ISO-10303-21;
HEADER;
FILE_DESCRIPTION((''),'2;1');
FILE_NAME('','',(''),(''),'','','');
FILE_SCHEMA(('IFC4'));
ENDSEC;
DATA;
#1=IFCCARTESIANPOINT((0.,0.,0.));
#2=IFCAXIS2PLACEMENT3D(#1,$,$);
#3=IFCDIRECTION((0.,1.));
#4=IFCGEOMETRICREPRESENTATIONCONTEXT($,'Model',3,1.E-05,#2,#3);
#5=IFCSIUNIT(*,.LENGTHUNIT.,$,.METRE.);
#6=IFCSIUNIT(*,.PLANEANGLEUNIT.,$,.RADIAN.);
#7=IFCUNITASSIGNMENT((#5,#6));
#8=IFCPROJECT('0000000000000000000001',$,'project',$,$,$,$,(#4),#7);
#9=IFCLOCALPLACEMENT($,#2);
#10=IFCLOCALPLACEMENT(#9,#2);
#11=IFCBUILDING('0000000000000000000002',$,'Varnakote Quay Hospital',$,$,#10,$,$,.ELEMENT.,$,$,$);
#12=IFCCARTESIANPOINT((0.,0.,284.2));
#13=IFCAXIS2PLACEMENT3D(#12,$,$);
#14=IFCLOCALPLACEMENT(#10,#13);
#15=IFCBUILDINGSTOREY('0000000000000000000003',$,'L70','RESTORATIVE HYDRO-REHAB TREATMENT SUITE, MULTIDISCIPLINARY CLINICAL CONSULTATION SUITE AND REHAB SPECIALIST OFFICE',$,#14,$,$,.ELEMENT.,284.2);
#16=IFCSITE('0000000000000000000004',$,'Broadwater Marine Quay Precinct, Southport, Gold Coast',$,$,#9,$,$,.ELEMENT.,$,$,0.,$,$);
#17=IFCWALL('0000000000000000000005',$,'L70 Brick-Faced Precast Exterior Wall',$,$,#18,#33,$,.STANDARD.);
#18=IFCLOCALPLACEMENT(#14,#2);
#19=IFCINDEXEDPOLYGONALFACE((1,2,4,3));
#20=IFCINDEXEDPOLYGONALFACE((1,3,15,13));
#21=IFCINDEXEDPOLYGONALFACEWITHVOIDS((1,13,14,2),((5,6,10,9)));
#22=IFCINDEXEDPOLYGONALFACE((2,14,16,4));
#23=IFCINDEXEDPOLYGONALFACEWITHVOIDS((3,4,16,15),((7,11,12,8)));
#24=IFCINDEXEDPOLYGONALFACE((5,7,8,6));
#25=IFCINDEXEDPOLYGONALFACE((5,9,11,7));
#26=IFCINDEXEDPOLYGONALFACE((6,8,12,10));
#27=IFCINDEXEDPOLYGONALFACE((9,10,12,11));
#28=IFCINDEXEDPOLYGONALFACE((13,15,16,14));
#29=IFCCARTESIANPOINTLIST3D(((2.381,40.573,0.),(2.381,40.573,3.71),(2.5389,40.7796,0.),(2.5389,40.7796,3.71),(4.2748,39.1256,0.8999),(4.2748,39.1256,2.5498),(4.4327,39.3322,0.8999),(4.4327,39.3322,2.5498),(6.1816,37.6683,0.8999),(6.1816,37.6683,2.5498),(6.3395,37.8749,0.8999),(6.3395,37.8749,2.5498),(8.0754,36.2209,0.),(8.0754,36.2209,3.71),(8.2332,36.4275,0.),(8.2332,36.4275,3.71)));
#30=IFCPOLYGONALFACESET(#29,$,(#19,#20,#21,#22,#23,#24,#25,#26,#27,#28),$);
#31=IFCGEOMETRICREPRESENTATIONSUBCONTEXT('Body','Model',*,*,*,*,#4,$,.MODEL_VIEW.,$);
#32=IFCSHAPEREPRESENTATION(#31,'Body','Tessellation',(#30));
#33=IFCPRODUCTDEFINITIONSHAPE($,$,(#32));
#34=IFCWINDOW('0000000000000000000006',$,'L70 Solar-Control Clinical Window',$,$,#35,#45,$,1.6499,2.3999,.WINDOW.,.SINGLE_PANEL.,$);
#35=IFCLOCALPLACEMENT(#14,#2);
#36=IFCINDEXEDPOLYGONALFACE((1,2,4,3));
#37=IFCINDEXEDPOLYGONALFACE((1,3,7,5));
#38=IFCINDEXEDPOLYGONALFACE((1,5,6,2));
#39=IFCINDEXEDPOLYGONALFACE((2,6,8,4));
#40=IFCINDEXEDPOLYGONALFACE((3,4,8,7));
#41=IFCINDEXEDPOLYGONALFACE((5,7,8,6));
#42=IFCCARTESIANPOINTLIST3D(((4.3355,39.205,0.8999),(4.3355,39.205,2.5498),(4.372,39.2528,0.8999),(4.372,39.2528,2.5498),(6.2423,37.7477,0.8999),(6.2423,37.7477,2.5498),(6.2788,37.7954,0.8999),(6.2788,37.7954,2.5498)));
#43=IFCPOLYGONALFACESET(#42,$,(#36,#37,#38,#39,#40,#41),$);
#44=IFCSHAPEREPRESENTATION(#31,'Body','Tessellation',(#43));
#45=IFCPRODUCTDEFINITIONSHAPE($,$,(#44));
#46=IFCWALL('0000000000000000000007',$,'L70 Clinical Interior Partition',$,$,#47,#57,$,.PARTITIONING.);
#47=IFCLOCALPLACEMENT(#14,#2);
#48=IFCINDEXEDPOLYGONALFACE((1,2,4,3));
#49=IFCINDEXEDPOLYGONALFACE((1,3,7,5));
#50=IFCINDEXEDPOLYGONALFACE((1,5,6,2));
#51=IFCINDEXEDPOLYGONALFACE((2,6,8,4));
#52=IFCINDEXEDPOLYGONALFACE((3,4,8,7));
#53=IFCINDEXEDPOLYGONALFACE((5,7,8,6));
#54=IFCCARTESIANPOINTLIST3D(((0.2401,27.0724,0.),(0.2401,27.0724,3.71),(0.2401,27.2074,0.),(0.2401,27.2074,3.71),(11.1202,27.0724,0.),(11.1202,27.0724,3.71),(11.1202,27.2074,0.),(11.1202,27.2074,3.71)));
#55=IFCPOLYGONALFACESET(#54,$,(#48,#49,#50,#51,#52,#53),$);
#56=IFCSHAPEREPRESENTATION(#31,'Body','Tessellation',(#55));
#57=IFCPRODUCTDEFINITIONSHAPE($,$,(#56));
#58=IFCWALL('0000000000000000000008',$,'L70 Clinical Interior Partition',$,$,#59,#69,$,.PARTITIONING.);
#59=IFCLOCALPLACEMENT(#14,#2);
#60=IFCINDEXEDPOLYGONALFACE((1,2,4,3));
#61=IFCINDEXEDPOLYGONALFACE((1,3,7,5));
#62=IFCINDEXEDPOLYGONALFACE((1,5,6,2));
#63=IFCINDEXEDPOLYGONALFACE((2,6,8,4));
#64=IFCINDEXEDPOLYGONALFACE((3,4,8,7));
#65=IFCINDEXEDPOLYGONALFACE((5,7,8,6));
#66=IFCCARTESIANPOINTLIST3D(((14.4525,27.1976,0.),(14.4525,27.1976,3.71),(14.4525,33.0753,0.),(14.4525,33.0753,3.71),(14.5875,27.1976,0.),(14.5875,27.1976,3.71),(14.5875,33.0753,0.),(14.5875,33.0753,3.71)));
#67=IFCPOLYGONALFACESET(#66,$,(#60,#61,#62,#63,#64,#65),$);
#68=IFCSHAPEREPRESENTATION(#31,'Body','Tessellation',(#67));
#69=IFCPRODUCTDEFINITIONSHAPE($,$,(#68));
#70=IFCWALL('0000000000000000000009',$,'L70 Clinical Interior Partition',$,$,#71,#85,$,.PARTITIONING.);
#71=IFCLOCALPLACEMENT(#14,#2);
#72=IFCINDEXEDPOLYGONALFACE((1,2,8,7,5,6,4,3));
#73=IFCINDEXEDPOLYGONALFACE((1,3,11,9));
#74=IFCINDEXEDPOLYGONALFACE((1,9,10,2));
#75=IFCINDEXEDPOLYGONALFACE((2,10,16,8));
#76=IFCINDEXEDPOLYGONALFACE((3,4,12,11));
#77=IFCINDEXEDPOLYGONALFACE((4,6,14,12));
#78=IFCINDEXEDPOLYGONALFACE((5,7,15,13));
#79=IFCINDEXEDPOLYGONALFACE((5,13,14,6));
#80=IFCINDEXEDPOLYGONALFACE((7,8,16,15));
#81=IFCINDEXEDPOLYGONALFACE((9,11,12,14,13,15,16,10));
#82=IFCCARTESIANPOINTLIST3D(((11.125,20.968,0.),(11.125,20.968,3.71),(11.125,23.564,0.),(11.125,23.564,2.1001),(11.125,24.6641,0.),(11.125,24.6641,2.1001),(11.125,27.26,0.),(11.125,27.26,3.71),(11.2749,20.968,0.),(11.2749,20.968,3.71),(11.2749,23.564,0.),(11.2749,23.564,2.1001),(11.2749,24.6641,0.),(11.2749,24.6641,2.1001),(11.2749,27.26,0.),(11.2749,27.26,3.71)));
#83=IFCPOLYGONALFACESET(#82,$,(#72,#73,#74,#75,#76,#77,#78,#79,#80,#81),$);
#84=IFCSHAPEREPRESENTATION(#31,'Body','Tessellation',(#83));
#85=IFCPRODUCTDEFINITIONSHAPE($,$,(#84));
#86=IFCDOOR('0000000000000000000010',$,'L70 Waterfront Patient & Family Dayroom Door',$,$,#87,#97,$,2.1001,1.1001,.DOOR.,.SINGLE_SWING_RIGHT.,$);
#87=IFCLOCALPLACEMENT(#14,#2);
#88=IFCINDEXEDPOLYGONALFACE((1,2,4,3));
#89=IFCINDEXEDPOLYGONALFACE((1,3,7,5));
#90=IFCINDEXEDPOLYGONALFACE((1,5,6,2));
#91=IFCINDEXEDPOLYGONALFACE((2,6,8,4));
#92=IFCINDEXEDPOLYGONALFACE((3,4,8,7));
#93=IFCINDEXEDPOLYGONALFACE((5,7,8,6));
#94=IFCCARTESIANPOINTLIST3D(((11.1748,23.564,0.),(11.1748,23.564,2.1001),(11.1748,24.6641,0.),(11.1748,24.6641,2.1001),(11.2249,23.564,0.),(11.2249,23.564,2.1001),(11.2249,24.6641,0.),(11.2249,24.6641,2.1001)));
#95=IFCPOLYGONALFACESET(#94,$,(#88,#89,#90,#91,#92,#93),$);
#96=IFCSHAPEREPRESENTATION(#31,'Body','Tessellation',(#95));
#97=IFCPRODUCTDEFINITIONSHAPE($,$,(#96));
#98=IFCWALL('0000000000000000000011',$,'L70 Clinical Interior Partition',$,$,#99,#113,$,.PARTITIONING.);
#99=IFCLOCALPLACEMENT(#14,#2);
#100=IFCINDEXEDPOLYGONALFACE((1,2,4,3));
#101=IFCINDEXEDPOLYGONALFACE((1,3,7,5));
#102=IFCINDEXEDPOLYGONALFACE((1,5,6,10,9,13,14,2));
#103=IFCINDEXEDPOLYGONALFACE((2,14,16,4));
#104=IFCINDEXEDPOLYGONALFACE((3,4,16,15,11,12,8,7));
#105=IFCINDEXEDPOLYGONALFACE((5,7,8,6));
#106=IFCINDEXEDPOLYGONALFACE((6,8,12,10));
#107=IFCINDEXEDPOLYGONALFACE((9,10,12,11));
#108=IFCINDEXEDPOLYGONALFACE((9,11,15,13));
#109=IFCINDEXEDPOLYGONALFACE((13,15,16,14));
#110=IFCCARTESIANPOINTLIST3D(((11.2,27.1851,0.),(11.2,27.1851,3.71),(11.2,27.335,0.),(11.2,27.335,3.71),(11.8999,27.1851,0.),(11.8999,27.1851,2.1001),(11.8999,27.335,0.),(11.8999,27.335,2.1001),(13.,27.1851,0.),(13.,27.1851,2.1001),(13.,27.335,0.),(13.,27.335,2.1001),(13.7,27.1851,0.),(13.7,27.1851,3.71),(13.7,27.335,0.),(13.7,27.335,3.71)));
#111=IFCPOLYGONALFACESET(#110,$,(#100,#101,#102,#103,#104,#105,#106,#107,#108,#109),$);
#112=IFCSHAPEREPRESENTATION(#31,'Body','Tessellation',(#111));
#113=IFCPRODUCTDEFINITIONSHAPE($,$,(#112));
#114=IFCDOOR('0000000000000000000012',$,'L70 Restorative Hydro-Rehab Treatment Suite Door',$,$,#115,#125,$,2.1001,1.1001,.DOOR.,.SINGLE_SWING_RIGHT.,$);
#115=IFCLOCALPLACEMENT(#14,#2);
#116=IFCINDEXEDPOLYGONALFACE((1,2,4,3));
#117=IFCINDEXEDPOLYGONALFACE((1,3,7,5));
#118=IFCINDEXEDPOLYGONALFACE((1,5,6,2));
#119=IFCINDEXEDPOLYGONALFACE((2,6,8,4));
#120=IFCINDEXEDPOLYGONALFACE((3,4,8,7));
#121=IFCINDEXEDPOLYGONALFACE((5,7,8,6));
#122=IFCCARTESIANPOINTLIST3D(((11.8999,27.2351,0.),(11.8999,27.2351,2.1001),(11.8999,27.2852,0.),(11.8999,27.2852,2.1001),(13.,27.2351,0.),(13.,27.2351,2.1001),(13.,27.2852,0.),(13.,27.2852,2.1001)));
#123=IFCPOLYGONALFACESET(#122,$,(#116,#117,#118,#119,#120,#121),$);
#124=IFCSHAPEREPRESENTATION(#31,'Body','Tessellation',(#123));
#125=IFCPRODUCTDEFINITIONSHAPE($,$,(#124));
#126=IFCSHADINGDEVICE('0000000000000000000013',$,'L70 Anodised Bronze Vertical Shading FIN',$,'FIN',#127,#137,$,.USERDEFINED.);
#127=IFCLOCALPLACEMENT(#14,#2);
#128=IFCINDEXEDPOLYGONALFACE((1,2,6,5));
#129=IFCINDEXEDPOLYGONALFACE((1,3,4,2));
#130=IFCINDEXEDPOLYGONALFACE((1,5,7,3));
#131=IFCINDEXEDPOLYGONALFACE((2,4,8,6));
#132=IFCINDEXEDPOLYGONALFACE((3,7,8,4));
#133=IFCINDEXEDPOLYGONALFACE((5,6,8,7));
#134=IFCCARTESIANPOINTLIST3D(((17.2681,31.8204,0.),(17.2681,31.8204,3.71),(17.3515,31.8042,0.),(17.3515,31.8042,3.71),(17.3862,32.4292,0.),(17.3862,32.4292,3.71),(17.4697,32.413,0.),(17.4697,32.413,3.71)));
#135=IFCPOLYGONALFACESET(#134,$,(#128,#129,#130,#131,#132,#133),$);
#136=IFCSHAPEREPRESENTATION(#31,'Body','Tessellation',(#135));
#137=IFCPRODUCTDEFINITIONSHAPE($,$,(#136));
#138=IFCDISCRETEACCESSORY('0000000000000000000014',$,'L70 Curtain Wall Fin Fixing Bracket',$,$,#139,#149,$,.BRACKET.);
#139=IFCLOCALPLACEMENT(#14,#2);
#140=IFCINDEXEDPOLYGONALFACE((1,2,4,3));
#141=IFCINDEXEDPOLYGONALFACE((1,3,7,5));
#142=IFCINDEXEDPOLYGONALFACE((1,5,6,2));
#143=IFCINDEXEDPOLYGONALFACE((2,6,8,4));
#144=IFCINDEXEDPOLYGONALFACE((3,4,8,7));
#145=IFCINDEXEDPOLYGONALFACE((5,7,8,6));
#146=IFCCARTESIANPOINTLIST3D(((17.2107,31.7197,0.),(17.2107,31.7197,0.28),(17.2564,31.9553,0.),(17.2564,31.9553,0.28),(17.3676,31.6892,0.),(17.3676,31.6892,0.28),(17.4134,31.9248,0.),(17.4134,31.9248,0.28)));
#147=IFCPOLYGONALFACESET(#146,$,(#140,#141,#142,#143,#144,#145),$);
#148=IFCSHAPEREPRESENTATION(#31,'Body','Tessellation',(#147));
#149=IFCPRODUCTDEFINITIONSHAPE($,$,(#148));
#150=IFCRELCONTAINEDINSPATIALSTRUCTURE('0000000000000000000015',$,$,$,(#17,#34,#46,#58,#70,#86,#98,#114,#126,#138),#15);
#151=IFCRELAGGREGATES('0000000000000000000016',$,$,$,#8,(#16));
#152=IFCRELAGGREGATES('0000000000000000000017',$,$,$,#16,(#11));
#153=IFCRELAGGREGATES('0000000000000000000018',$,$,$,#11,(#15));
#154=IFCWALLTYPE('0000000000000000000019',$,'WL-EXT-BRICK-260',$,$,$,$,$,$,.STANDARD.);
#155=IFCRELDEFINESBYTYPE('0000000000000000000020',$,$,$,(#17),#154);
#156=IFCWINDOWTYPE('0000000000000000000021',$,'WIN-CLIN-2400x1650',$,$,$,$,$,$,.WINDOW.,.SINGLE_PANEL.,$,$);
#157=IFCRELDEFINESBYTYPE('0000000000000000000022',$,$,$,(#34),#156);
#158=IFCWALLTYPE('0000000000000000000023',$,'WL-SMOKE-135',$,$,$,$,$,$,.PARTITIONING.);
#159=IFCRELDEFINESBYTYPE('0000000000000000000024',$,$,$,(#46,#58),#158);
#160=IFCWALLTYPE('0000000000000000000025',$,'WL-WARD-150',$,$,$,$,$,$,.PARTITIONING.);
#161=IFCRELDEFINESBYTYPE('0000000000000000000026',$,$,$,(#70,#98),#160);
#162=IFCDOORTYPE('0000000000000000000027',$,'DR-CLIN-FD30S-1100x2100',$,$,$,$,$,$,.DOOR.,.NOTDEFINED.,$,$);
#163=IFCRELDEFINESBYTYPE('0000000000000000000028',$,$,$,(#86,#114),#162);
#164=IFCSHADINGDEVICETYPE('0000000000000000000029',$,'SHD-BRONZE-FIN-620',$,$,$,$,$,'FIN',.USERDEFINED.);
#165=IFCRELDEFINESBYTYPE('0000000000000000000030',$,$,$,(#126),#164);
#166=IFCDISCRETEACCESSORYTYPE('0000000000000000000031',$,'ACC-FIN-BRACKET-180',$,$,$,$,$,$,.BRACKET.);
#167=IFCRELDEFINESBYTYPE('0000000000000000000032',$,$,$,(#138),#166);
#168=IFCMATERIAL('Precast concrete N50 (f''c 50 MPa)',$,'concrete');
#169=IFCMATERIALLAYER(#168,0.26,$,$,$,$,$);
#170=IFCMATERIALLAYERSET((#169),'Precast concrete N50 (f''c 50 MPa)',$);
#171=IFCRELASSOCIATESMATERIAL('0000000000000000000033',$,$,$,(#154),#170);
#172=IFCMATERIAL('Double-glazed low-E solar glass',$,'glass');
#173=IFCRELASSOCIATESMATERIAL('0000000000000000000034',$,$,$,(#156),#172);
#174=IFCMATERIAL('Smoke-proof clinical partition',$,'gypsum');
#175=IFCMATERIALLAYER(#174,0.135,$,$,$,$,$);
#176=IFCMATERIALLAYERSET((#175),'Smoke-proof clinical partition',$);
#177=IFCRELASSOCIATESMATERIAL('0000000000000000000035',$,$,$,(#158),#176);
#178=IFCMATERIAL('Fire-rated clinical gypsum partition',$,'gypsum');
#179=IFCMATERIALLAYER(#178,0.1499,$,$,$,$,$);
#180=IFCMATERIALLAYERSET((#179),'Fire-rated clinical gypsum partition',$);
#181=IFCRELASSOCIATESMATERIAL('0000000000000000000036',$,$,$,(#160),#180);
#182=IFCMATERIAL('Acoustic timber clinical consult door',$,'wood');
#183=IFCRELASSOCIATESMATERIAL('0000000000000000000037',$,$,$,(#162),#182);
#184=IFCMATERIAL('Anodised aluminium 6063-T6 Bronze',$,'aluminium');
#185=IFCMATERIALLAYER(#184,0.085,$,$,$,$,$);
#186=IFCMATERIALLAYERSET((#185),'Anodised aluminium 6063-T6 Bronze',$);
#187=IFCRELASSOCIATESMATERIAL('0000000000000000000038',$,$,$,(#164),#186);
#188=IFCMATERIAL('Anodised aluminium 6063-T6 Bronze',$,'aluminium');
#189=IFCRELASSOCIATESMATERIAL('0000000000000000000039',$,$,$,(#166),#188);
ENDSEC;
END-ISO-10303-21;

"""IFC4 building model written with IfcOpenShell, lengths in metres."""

from ifc_helpers import new_model, si_unit, direction, frame, frame_2d, origin, origin_2d, place, context, subcontext, project, spatial, rectangle, extrude, material, layer, layer_set, type_object, element, fill, save


model = new_model("IFC4")

# Units and contexts
model_context = context("Model", 3, precision=1e-05, world=origin(), true_north=direction((0.0, 1.0)))
body_context = subcontext(model_context, "Body", "Model", "MODEL_VIEW")
ifc_project = project(units=[si_unit("LENGTHUNIT", "METRE"), si_unit("PLANEANGLEUNIT", "RADIAN")], contexts=[model_context])

# Site, building, storey
site_placement = place(None, origin())
site = spatial("IfcSite", under=ifc_project, at=site_placement, Name="Broadwater Marine Quay Precinct, Southport, Gold Coast", CompositionType="ELEMENT", RefElevation=0.0)
building_placement = place(site_placement, origin())
building = spatial("IfcBuilding", under=site, at=building_placement, Name="Varnakote Quay Hospital", CompositionType="ELEMENT")
storey_placement = place(building_placement, frame((0.0, 0.0, 284.2)))
storey = spatial("IfcBuildingStorey", under=building, at=storey_placement, Name="L70", Description="RESTORATIVE HYDRO-REHAB TREATMENT SUITE, MULTIDISCIPLINARY CLINICAL CONSULTATION SUITE AND REHAB SPECIALIST OFFICE", CompositionType="ELEMENT", Elevation=284.2)

# Wall, opening, window
ifc_material_1 = material(Name="Precast concrete N50 (f'c 50 MPa)", Category="concrete")
ifc_layer_1 = layer(ifc_material_1, 0.26)
ifc_layer_set_1 = layer_set([ifc_layer_1], Name="Precast concrete N50 (f'c 50 MPa)")
wall_type_1 = type_object("IfcWallType", Name="WL-EXT-BRICK-260", PredefinedType="STANDARD", material=ifc_layer_set_1)
ifc_material_2 = material(Name="Double-glazed low-E solar glass", Category="glass")
window_type = type_object("IfcWindowType", Name="WIN-CLIN-2400x1650", PartitioningType="SINGLE_PANEL", PredefinedType="WINDOW", material=ifc_material_2)
wall_1_placement = place(storey_placement, frame((8.1543, 36.3242, 0.0), z_axis=(0.0, 0.0, 1.0), x_axis=(-0.794522, 0.607235, 0.0)))
wall_1 = element("IfcWall", 1, at=wall_1_placement, inside=storey, type_object=wall_type_1, Name="L70 Brick-Faced Precast Exterior Wall", PredefinedType="STANDARD", context=body_context, shape_type="SweptSolid", body=[
    extrude(rectangle(XDim=7.167, YDim=0.26, at=frame_2d((3.5835, 0.0))), origin(), (0.0, 0.0, 1.0), 3.71),
])
opening_1_placement = place(wall_1_placement, frame((2.3835, 0.0, 0.8999)))
opening_1 = element("IfcOpeningElement", 2, at=opening_1_placement, cuts=wall_1, PredefinedType="OPENING", context=body_context, shape_type="SweptSolid", body=[
    extrude(rectangle(XDim=2.3999, YDim=1.6499, at=frame_2d((1.2, 0.825))), frame((0.0, 0.1399, 0.0), z_axis=(0.0, -1.0, 0.0), x_axis=(1.0, 0.0, 0.0)), (0.0, 0.0, 1.0), 0.28),
])
window_1_placement = place(opening_1_placement, origin())
window_1 = element("IfcWindow", 3, at=window_1_placement, inside=storey, type_object=window_type, Name="L70 Solar-Control Clinical Window", OverallHeight=1.6499, OverallWidth=2.3999, PartitioningType="SINGLE_PANEL", PredefinedType="WINDOW", context=body_context, shape_type="SweptSolid", body=[
    extrude(rectangle(XDim=2.3999, YDim=1.6499, at=frame_2d((1.2, 0.825))), frame((0.0, 0.03, 0.0), z_axis=(0.0, -1.0, 0.0), x_axis=(1.0, 0.0, 0.0)), (0.0, 0.0, 1.0), 0.0601),
])
fill(opening_1, window_1)

# Walls
ifc_material_3 = material(Name="Smoke-proof clinical partition", Category="gypsum")
ifc_layer_2 = layer(ifc_material_3, 0.135)
ifc_layer_set_2 = layer_set([ifc_layer_2], Name="Smoke-proof clinical partition")
wall_type_2 = type_object("IfcWallType", Name="WL-SMOKE-135", PredefinedType="PARTITIONING", material=ifc_layer_set_2)
wall_2_placement = place(storey_placement, frame((11.1201, 27.1399, 0.0), z_axis=(0.0, 0.0, 1.0), x_axis=(-1.0, 0.0, 0.0)))
element("IfcWall", 4, at=wall_2_placement, inside=storey, type_object=wall_type_2, Name="L70 Clinical Interior Partition", PredefinedType="PARTITIONING", context=body_context, shape_type="SweptSolid", body=[
    extrude(rectangle(XDim=10.8801, YDim=0.135, at=frame_2d((5.4399, 0.0))), origin(), (0.0, 0.0, 1.0), 3.71),
])
wall_3_placement = place(storey_placement, frame((14.52, 27.1975, 0.0), z_axis=(0.0, 0.0, 1.0), x_axis=(0.0, 1.0, 0.0)))
element("IfcWall", 5, at=wall_3_placement, inside=storey, type_object=wall_type_2, Name="L70 Clinical Interior Partition", PredefinedType="PARTITIONING", context=body_context, shape_type="SweptSolid", body=[
    extrude(rectangle(XDim=5.8777, YDim=0.135, at=frame_2d((2.939, 0.0))), origin(), (0.0, 0.0, 1.0), 3.71),
])

# Walls, openings, doors
ifc_material_4 = material(Name="Fire-rated clinical gypsum partition", Category="gypsum")
ifc_layer_3 = layer(ifc_material_4, 0.1499)
ifc_layer_set_3 = layer_set([ifc_layer_3], Name="Fire-rated clinical gypsum partition")
wall_type_3 = type_object("IfcWallType", Name="WL-WARD-150", PredefinedType="PARTITIONING", material=ifc_layer_set_3)
wall_4_placement = place(storey_placement, frame((11.2, 27.26, 0.0), z_axis=(0.0, 0.0, 1.0), x_axis=(0.0, -1.0, 0.0)))
wall_4 = element("IfcWall", 6, at=wall_4_placement, inside=storey, type_object=wall_type_3, Name="L70 Clinical Interior Partition", PredefinedType="PARTITIONING", context=body_context, shape_type="SweptSolid", body=[
    extrude(rectangle(XDim=6.292, YDim=0.1499, at=frame_2d((3.146, 0.0))), origin(), (0.0, 0.0, 1.0), 3.71),
])
opening_2_placement = place(wall_4_placement, frame((2.5959, 0.0, 0.0)))
opening_2 = element("IfcOpeningElement", 7, at=opening_2_placement, cuts=wall_4, PredefinedType="OPENING", context=body_context, shape_type="SweptSolid", body=[
    extrude(rectangle(XDim=1.1001, YDim=2.1001, at=frame_2d((0.55, 1.05))), frame((0.0, 0.085, 0.0), z_axis=(0.0, -1.0, 0.0), x_axis=(1.0, 0.0, 0.0)), (0.0, 0.0, 1.0), 0.1699),
])
ifc_material_5 = material(Name="Acoustic timber clinical consult door", Category="wood")
door_type = type_object("IfcDoorType", Name="DR-CLIN-FD30S-1100x2100", OperationType="NOTDEFINED", PredefinedType="DOOR", material=ifc_material_5)
door_1_placement = place(opening_2_placement, origin())
door_1 = element("IfcDoor", 8, at=door_1_placement, inside=storey, type_object=door_type, Name="L70 Waterfront Patient & Family Dayroom Door", OperationType="SINGLE_SWING_RIGHT", OverallHeight=2.1001, OverallWidth=1.1001, PredefinedType="DOOR", context=body_context, shape_type="SweptSolid", body=[
    extrude(rectangle(XDim=1.1001, YDim=2.1001, at=frame_2d((0.55, 1.05))), frame((0.0, 0.0249, 0.0), z_axis=(0.0, -1.0, 0.0), x_axis=(1.0, 0.0, 0.0)), (0.0, 0.0, 1.0), 0.05),
])
fill(opening_2, door_1)
wall_5_placement = place(storey_placement, frame((13.7, 27.26, 0.0), z_axis=(0.0, 0.0, 1.0), x_axis=(-1.0, 0.0, 0.0)))
wall_5 = element("IfcWall", 9, at=wall_5_placement, inside=storey, type_object=wall_type_3, Name="L70 Clinical Interior Partition", PredefinedType="PARTITIONING", context=body_context, shape_type="SweptSolid", body=[
    extrude(rectangle(XDim=2.5, YDim=0.1499, at=frame_2d((1.25, 0.0))), origin(), (0.0, 0.0, 1.0), 3.71),
])
opening_3_placement = place(wall_5_placement, frame((0.7, 0.0, 0.0)))
opening_3 = element("IfcOpeningElement", 10, at=opening_3_placement, cuts=wall_5, PredefinedType="OPENING", context=body_context, shape_type="SweptSolid", body=[
    extrude(rectangle(XDim=1.1001, YDim=2.1001, at=frame_2d((0.55, 1.05))), frame((0.0, 0.085, 0.0), z_axis=(0.0, -1.0, 0.0), x_axis=(1.0, 0.0, 0.0)), (0.0, 0.0, 1.0), 0.1699),
])
door_2_placement = place(opening_3_placement, origin())
door_2 = element("IfcDoor", 11, at=door_2_placement, inside=storey, type_object=door_type, Name="L70 Restorative Hydro-Rehab Treatment Suite Door", OperationType="SINGLE_SWING_RIGHT", OverallHeight=2.1001, OverallWidth=1.1001, PredefinedType="DOOR", context=body_context, shape_type="SweptSolid", body=[
    extrude(rectangle(XDim=1.1001, YDim=2.1001, at=frame_2d((0.55, 1.05))), frame((0.0, 0.0249, 0.0), z_axis=(0.0, -1.0, 0.0), x_axis=(1.0, 0.0, 0.0)), (0.0, 0.0, 1.0), 0.05),
])
fill(opening_3, door_2)

# Shading device
ifc_material_6 = material(Name="Anodised aluminium 6063-T6 Bronze", Category="aluminium")
ifc_layer_4 = layer(ifc_material_6, 0.085)
ifc_layer_set_4 = layer_set([ifc_layer_4], Name="Anodised aluminium 6063-T6 Bronze")
shading_device_type = type_object("IfcShadingDeviceType", Name="SHD-BRONZE-FIN-620", ElementType="FIN", PredefinedType="USERDEFINED", material=ifc_layer_set_4)
shading_device_placement = place(storey_placement, frame((17.3689, 32.1167, 0.0), z_axis=(0.0, 0.0, 1.0), x_axis=(-0.190466, -0.981694, 0.0)))
element("IfcShadingDevice", 12, at=shading_device_placement, inside=storey, type_object=shading_device_type, Name="L70 Anodised Bronze Vertical Shading FIN", ObjectType="FIN", PredefinedType="USERDEFINED", context=body_context, shape_type="SweptSolid", body=[
    extrude(rectangle(XDim=0.6201, YDim=0.085, at=origin_2d()), origin(), (0.0, 0.0, 1.0), 3.71),
])

# Discrete accessory
ifc_material_7 = material(Name="Anodised aluminium 6063-T6 Bronze", Category="aluminium")
discrete_accessory_type = type_object("IfcDiscreteAccessoryType", Name="ACC-FIN-BRACKET-180", PredefinedType="BRACKET", material=ifc_material_7)
discrete_accessory_placement = place(storey_placement, frame((17.312, 31.8223, 0.0), z_axis=(0.0, 0.0, 1.0), x_axis=(-0.981694, 0.190466, 0.0)))
element("IfcDiscreteAccessory", 13, at=discrete_accessory_placement, inside=storey, type_object=discrete_accessory_type, Name="L70 Curtain Wall Fin Fixing Bracket", PredefinedType="BRACKET", context=body_context, shape_type="SweptSolid", body=[
    extrude(rectangle(XDim=0.1599, YDim=0.24, at=origin_2d()), origin(), (0.0, 0.0, 1.0), 0.28),
])

save(model, "model.ifc")
